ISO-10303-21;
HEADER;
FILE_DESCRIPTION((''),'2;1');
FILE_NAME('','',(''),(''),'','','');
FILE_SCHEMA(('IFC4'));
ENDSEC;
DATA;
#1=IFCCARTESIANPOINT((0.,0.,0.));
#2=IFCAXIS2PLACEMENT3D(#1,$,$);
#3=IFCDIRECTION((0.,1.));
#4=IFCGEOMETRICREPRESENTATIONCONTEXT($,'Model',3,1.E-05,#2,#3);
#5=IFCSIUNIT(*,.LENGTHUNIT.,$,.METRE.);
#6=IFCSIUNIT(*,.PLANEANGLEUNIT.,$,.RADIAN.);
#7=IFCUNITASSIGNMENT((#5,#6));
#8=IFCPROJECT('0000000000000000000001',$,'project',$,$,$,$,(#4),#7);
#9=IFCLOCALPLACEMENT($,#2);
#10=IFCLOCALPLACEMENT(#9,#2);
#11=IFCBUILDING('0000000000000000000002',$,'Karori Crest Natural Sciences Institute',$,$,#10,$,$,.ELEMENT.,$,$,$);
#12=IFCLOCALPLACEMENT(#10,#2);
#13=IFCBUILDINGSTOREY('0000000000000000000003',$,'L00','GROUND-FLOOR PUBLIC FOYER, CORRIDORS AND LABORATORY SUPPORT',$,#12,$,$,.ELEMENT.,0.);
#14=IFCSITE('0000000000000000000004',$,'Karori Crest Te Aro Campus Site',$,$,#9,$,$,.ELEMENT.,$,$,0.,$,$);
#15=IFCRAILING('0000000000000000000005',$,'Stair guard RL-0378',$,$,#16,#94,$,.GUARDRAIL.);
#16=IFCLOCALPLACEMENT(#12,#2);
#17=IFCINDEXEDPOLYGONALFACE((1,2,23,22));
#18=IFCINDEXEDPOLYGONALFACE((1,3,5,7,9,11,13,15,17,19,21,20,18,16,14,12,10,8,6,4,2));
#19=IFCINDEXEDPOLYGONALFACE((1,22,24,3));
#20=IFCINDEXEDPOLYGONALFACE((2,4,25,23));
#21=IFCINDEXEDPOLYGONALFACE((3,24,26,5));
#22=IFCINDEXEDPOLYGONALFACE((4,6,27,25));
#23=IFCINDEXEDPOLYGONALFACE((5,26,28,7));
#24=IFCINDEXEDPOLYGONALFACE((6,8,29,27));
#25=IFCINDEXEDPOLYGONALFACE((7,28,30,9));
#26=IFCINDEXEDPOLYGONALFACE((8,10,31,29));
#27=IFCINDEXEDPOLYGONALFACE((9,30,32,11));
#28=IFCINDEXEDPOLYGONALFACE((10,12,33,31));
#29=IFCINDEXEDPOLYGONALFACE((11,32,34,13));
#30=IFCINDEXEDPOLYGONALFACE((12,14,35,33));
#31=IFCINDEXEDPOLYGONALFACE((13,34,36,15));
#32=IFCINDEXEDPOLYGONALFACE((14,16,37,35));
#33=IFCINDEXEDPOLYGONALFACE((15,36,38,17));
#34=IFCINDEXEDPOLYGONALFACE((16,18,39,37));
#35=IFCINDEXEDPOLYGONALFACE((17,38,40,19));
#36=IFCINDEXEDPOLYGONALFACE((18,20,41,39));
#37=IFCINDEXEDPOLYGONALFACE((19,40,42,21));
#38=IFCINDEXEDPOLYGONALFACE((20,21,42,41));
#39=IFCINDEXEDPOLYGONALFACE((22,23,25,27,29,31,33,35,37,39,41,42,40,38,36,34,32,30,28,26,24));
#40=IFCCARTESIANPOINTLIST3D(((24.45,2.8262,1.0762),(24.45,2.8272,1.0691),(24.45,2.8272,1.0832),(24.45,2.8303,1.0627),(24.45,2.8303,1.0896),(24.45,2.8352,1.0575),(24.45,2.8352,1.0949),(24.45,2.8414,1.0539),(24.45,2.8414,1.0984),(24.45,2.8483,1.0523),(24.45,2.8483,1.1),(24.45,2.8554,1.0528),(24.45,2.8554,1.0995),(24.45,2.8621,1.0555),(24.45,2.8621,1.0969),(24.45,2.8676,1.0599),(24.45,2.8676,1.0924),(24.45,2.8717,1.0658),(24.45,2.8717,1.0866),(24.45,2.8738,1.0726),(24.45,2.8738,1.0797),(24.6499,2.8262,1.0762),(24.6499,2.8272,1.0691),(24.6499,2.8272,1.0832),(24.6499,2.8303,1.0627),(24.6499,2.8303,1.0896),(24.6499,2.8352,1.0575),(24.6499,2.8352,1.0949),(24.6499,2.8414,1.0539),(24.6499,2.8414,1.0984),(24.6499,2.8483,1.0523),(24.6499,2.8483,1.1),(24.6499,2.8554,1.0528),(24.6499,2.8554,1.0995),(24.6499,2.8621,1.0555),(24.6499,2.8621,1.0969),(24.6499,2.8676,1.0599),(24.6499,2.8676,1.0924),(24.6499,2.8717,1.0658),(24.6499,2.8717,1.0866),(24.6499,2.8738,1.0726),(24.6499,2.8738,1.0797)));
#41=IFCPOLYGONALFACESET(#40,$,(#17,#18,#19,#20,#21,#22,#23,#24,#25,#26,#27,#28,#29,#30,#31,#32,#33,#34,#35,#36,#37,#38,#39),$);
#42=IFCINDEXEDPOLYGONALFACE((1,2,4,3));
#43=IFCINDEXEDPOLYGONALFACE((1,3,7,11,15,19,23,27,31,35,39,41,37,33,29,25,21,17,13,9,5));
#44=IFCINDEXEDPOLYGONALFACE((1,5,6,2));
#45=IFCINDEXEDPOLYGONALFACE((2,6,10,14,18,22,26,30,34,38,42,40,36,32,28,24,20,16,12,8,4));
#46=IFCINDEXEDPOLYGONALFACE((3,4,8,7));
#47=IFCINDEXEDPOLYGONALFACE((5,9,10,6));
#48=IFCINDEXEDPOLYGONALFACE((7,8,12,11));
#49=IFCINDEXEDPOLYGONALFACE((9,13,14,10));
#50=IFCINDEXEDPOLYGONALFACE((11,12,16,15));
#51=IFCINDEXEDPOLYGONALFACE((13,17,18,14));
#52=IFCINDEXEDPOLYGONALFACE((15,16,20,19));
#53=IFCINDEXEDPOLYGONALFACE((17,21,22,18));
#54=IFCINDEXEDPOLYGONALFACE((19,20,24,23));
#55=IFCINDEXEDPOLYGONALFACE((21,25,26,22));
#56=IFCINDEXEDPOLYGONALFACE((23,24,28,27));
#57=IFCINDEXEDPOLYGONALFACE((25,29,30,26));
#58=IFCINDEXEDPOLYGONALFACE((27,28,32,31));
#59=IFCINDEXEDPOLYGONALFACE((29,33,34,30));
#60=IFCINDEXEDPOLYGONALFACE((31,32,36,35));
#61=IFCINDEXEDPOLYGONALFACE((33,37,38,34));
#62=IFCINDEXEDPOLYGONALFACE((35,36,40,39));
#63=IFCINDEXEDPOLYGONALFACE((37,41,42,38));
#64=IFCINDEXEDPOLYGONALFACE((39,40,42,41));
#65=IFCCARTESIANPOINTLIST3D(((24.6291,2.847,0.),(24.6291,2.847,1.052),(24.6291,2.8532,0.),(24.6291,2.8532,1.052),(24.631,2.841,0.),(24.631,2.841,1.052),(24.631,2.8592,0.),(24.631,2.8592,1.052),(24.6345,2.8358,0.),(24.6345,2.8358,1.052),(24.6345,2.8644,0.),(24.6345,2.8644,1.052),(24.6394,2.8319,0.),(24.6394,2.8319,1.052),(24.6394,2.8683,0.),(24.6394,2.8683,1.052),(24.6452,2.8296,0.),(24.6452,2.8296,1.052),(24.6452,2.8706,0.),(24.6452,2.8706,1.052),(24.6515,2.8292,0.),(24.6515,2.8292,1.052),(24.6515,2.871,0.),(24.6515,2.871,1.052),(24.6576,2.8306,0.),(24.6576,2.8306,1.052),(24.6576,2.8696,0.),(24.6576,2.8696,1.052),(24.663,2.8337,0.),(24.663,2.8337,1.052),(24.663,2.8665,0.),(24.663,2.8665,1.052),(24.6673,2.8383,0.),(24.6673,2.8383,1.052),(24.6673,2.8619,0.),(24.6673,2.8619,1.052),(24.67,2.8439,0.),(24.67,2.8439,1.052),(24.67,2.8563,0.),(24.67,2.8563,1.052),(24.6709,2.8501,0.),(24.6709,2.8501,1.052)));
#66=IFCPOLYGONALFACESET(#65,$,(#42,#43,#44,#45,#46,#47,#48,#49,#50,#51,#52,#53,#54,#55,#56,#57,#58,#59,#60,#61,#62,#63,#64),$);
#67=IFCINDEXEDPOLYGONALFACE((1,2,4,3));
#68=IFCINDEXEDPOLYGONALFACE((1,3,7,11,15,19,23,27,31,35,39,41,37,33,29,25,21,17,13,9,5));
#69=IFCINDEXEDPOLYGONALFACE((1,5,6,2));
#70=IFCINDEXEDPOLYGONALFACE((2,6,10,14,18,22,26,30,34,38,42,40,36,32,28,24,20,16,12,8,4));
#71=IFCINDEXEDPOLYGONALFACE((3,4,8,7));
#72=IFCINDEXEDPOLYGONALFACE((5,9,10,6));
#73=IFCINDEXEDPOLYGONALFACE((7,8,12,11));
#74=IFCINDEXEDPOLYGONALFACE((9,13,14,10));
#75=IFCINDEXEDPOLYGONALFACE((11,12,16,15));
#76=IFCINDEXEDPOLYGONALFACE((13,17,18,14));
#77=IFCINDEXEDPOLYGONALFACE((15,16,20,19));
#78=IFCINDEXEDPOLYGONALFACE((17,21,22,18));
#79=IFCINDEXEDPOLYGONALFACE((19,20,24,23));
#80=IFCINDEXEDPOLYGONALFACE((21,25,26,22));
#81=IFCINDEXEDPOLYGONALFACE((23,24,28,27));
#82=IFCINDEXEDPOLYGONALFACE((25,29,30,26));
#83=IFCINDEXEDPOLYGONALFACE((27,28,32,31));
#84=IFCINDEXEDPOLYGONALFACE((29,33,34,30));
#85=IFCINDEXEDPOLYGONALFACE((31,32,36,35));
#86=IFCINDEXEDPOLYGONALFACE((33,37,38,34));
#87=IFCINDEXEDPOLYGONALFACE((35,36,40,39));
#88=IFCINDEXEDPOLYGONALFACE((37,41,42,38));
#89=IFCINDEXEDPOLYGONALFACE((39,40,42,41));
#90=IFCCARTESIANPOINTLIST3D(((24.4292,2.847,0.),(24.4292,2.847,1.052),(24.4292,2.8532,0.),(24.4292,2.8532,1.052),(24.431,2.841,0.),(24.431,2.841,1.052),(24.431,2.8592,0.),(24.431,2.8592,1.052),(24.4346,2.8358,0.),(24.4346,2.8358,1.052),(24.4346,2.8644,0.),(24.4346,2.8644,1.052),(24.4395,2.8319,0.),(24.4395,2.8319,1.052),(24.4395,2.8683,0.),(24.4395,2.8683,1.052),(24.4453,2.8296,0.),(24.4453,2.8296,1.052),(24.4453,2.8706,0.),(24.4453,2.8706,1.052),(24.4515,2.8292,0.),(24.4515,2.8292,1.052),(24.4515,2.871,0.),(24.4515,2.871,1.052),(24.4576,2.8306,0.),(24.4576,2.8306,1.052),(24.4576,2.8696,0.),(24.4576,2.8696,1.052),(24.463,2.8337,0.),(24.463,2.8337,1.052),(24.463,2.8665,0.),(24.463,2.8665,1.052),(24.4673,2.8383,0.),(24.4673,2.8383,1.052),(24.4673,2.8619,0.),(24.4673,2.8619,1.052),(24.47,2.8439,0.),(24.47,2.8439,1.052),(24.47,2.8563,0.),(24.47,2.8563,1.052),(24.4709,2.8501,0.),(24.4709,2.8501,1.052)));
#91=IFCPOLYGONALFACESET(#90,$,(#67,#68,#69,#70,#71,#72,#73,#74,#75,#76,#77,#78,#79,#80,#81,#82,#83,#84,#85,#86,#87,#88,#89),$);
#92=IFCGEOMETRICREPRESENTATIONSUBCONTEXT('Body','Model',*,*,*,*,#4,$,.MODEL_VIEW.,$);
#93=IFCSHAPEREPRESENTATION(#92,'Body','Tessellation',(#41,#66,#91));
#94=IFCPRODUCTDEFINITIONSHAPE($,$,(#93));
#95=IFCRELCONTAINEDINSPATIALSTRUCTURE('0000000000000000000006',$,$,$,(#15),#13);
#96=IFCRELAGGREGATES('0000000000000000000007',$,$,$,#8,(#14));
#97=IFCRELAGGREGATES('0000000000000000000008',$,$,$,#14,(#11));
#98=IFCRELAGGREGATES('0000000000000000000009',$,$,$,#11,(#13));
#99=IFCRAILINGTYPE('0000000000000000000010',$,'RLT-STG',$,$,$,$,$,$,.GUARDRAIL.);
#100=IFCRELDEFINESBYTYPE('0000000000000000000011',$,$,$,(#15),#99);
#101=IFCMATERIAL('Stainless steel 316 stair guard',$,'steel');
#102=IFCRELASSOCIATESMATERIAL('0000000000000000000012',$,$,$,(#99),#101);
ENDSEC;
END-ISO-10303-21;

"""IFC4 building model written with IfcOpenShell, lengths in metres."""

from ifc_helpers import new_model, si_unit, direction, frame, origin, origin_2d, place, context, subcontext, project, spatial, circle, extrude, material, type_object, element, save


model = new_model("IFC4")

# Units and contexts
model_context = context("Model", 3, precision=1e-05, world=origin(), true_north=direction((0.0, 1.0)))
body_context = subcontext(model_context, "Body", "Model", "MODEL_VIEW")
ifc_project = project(units=[si_unit("LENGTHUNIT", "METRE"), si_unit("PLANEANGLEUNIT", "RADIAN")], contexts=[model_context])

# Site, building, storey
site_placement = place(None, origin())
site = spatial("IfcSite", under=ifc_project, at=site_placement, Name="Karori Crest Te Aro Campus Site", CompositionType="ELEMENT", RefElevation=0.0)
building_placement = place(site_placement, origin())
building = spatial("IfcBuilding", under=site, at=building_placement, Name="Karori Crest Natural Sciences Institute", CompositionType="ELEMENT")
storey_placement = place(building_placement, origin())
storey = spatial("IfcBuildingStorey", under=building, at=storey_placement, Name="L00", Description="GROUND-FLOOR PUBLIC FOYER, CORRIDORS AND LABORATORY SUPPORT", CompositionType="ELEMENT", Elevation=0.0)

# Railing
ifc_material_1 = material(Name="Stainless steel 316 stair guard", Category="steel")
railing_type_1 = type_object("IfcRailingType", Name="RLT-STG", PredefinedType="GUARDRAIL", material=ifc_material_1)
railing_1_placement = place(storey_placement, frame((24.6499, 2.8501, 0.0)))
element("IfcRailing", 1, at=railing_1_placement, inside=storey, type_object=railing_type_1, Name="Stair guard RL-0378", PredefinedType="GUARDRAIL", context=body_context, shape_type="SweptSolid", body=[
    extrude(circle(Radius=0.0239, at=origin_2d()), frame((0.0, 0.0, 1.0762), z_axis=(-1.0, 0.0, 0.0), x_axis=(0.0, -1.0, 0.0)), (0.0, 0.0, 1.0), 0.2),
    extrude(circle(Radius=0.021, at=origin_2d()), origin(), (0.0, 0.0, 1.0), 1.052),
    extrude(circle(Radius=0.021, at=origin_2d()), frame((-0.2, 0.0, 0.0)), (0.0, 0.0, 1.0), 1.052),
])

save(model, "model.ifc")
